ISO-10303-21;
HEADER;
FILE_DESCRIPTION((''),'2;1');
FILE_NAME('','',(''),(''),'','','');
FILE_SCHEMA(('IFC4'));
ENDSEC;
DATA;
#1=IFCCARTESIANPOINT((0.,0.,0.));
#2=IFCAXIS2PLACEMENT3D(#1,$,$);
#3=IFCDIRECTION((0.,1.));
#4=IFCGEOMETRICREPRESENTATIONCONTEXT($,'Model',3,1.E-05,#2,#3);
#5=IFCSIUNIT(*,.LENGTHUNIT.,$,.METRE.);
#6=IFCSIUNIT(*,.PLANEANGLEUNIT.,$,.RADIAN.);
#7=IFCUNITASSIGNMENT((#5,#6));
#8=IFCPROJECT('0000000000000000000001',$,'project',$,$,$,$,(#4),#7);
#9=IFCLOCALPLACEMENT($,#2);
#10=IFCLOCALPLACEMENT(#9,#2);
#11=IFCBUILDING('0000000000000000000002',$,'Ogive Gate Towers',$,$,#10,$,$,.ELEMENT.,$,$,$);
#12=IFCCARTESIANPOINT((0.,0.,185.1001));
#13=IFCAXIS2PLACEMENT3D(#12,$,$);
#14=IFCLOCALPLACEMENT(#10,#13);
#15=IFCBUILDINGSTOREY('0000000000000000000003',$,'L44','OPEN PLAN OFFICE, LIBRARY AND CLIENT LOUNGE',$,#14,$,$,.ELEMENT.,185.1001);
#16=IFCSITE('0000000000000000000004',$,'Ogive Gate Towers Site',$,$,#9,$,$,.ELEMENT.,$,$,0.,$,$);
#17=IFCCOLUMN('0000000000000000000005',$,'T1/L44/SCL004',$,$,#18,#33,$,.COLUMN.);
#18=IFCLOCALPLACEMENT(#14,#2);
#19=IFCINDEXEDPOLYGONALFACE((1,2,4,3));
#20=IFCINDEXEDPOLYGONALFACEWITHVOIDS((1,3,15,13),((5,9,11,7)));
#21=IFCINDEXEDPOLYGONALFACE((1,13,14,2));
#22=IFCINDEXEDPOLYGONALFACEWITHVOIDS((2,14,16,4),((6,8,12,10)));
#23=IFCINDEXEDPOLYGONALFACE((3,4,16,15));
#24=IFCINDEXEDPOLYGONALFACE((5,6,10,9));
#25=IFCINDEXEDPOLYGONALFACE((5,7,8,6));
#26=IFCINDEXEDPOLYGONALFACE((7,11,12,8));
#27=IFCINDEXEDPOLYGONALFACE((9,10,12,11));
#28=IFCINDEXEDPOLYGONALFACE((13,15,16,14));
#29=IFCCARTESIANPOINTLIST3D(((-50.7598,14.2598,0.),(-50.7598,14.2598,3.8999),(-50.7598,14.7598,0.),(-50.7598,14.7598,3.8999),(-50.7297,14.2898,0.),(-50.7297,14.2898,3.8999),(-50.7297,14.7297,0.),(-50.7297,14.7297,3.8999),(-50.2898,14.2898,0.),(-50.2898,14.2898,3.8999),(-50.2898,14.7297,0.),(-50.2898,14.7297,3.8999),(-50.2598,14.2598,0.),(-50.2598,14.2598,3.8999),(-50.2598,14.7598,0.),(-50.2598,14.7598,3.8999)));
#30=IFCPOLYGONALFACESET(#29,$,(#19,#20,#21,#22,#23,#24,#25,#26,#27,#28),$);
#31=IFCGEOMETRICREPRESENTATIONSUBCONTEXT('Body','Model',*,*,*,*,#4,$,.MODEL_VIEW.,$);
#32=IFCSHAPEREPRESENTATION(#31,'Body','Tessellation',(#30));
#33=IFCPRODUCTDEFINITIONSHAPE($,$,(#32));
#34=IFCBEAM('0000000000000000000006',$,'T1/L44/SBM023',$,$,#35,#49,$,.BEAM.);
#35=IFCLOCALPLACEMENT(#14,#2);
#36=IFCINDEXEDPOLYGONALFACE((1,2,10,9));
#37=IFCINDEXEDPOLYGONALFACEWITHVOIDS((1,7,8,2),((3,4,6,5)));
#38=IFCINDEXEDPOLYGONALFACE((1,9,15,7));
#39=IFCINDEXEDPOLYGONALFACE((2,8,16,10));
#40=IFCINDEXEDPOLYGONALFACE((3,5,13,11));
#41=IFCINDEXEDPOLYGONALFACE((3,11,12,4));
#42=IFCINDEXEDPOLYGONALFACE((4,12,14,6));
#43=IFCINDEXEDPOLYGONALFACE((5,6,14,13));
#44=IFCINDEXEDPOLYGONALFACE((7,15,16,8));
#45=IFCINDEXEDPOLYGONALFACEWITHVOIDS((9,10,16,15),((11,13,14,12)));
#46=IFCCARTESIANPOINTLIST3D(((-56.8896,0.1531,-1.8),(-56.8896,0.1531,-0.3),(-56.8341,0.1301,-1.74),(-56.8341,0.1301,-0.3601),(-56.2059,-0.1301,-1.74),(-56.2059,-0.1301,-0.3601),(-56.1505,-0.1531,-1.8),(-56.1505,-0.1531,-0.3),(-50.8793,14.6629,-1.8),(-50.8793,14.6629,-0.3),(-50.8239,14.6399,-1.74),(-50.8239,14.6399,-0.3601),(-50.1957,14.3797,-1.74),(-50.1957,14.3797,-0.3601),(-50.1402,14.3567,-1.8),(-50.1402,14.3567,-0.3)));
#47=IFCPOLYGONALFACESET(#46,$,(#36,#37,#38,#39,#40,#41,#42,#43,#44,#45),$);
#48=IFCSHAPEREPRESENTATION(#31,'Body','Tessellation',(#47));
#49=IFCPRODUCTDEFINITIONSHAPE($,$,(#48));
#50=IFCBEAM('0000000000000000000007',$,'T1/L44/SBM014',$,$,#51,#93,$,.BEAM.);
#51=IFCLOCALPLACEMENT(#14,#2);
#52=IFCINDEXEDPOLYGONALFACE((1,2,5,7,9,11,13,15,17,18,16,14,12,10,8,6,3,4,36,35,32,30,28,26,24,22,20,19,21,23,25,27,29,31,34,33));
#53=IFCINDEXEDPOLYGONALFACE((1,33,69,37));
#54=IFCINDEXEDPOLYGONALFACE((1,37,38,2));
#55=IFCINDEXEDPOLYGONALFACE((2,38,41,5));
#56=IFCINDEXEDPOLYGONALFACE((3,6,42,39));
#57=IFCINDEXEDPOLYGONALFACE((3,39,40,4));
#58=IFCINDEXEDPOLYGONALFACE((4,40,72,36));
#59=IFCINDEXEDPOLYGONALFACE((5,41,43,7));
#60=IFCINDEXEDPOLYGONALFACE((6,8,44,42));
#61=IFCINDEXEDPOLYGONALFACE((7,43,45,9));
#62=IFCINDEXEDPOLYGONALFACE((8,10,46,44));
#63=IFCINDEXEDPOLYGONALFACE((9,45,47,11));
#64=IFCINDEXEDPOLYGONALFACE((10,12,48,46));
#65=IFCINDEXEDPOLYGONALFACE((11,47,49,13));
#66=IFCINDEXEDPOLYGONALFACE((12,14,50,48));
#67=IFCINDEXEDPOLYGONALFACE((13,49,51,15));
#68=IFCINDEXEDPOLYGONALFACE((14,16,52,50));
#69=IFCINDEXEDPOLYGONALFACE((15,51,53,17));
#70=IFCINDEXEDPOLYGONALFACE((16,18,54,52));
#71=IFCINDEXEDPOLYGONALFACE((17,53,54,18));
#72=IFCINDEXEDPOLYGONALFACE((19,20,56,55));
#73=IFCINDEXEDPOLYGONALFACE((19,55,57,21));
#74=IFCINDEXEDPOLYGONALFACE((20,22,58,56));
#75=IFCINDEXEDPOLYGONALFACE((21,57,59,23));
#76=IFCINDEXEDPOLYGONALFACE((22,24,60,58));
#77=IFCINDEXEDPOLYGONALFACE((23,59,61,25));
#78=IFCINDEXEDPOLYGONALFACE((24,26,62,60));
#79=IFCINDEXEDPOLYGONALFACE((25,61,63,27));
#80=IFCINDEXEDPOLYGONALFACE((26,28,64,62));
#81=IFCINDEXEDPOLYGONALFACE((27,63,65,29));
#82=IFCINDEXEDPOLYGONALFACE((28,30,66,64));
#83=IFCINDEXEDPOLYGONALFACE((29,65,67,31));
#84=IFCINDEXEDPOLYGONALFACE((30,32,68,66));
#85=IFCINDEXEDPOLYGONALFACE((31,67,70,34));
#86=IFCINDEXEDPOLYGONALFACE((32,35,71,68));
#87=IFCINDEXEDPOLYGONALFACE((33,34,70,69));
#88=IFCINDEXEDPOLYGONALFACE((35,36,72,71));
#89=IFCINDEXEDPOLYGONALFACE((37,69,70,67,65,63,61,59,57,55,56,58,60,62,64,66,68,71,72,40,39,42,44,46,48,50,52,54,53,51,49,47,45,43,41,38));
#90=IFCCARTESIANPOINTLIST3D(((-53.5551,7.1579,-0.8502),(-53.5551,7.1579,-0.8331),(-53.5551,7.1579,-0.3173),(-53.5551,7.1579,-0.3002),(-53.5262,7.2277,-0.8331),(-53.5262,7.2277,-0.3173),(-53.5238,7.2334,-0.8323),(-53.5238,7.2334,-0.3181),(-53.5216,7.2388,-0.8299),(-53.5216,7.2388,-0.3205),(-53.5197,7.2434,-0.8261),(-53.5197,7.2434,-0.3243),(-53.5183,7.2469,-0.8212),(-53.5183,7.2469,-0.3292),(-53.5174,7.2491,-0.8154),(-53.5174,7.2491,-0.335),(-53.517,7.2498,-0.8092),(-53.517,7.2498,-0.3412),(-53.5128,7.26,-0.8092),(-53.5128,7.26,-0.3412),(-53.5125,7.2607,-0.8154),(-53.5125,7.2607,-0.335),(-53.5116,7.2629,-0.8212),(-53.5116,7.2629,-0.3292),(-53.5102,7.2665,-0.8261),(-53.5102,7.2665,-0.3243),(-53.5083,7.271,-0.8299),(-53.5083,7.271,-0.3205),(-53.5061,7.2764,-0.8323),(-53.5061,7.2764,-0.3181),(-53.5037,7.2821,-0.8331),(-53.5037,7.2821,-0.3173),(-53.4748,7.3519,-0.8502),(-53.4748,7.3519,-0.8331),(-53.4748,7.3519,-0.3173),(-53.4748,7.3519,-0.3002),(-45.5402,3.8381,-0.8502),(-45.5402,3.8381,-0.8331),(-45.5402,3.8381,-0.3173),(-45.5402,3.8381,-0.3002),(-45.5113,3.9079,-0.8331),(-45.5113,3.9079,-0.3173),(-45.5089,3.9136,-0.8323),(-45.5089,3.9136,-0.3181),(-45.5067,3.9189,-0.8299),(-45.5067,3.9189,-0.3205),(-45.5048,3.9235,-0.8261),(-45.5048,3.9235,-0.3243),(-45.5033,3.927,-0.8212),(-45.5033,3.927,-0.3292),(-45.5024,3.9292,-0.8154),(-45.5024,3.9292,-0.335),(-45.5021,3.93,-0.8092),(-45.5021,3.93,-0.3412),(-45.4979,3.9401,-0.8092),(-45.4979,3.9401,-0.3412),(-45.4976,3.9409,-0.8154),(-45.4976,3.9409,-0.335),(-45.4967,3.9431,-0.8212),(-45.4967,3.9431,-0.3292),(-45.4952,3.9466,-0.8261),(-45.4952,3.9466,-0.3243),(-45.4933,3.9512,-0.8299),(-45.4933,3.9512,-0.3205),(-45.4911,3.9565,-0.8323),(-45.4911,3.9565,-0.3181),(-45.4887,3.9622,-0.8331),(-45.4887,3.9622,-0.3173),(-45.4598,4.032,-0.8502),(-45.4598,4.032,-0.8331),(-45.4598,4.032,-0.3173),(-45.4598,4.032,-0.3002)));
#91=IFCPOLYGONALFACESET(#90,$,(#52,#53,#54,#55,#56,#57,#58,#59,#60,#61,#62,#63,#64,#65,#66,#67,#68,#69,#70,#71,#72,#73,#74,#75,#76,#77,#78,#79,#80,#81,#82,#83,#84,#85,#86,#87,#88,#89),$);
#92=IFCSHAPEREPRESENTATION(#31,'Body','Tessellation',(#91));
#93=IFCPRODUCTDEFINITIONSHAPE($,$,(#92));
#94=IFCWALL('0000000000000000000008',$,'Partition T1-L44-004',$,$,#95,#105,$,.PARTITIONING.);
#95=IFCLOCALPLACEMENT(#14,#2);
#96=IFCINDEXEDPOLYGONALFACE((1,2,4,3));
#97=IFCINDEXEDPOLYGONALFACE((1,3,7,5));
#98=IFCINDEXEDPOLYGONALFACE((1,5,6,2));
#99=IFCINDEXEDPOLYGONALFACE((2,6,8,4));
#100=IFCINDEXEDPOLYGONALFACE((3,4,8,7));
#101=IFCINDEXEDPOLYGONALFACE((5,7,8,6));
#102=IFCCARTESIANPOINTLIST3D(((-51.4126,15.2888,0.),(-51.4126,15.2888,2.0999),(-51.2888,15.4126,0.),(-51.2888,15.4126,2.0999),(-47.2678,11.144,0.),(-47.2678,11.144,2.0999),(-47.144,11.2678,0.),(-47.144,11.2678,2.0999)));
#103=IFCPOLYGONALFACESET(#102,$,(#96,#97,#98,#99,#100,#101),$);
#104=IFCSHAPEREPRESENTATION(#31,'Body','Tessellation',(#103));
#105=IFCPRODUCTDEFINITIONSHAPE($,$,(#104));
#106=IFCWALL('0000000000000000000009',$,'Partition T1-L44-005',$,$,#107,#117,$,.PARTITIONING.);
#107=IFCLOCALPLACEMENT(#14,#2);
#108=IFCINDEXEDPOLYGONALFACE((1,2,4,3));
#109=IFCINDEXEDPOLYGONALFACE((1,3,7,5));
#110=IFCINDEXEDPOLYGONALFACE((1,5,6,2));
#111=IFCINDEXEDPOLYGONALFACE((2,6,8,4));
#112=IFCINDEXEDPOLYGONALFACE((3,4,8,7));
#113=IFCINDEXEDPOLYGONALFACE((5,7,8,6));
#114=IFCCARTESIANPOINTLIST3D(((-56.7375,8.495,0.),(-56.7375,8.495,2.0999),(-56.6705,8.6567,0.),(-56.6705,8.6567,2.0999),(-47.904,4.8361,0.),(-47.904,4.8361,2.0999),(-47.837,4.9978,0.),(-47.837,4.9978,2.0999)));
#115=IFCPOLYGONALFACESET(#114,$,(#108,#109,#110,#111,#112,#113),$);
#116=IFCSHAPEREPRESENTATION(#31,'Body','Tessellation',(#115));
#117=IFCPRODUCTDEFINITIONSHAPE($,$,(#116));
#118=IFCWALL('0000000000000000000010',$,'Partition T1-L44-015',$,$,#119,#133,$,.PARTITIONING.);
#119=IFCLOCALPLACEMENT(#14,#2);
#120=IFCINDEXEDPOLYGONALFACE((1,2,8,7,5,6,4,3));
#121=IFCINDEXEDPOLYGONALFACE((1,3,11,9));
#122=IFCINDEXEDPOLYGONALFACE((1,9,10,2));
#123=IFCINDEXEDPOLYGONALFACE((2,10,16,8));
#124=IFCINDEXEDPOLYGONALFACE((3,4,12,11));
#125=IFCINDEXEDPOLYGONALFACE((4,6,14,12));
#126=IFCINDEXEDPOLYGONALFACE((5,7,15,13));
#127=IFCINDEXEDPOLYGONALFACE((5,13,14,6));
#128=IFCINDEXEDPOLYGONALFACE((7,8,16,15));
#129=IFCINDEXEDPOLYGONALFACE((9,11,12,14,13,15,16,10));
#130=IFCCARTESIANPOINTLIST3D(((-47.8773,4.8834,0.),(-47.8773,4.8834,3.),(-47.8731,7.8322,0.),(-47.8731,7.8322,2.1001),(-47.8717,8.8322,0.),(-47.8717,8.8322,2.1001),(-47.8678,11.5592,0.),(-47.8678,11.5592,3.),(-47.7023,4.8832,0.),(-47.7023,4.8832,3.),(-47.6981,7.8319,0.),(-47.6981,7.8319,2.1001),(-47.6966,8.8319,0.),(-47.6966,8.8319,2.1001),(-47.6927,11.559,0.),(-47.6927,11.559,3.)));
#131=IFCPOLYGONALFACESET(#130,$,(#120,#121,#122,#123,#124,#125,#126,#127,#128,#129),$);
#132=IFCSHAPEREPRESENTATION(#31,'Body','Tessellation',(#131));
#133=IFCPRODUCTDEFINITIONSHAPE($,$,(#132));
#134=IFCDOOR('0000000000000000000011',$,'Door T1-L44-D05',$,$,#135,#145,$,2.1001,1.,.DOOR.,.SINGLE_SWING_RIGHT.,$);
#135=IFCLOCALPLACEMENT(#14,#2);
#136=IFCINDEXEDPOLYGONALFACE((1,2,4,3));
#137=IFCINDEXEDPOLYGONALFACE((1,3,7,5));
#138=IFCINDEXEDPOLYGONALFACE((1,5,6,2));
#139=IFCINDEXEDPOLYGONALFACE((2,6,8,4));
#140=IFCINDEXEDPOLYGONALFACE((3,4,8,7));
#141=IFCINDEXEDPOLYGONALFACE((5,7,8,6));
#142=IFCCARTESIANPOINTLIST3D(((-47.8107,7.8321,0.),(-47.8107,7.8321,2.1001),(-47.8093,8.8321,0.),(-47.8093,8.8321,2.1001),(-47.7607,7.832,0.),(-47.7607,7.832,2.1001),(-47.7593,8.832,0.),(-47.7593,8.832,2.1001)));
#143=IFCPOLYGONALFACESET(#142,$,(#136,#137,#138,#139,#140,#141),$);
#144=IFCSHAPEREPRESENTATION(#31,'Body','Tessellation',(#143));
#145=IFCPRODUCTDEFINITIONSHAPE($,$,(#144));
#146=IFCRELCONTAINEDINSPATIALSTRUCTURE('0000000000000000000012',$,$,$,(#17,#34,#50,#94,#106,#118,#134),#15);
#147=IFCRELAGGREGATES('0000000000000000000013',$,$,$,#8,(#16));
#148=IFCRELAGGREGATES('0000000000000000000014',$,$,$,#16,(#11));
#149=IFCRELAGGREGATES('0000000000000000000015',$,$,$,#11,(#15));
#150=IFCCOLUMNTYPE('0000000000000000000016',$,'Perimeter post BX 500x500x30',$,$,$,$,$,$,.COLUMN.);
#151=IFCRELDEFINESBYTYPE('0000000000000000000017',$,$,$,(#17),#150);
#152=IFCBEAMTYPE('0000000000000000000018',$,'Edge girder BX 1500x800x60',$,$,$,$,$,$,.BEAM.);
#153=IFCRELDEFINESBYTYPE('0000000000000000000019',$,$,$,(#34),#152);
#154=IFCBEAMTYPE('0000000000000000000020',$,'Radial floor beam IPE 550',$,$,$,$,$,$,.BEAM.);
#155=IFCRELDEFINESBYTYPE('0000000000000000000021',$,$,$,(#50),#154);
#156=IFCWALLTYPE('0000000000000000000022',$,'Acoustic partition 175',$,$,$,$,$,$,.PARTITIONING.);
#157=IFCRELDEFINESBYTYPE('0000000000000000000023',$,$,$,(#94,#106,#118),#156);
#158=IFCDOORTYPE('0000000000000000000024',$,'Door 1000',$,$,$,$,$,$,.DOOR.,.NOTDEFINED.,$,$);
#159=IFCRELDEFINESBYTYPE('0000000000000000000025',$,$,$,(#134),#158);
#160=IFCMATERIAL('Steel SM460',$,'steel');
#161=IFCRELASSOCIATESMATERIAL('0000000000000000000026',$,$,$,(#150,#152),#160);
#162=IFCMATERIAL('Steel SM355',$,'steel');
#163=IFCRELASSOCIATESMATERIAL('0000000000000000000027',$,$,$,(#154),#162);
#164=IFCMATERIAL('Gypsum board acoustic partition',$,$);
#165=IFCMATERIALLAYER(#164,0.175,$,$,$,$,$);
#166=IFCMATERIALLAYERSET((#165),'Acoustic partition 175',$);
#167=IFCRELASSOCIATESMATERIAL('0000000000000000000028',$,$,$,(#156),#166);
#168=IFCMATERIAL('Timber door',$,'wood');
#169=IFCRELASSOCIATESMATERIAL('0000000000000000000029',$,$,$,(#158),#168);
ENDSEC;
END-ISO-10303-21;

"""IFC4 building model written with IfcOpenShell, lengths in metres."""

from ifc_helpers import new_model, si_unit, direction, frame, frame_2d, origin, origin_2d, place, context, subcontext, project, spatial, rectangle, hollow_rectangle, i_section, extrude, material, layer, layer_set, material_profile, profile_set, type_object, element, fill, save


model = new_model("IFC4")

# Units and contexts
model_context = context("Model", 3, precision=1e-05, world=origin(), true_north=direction((0.0, 1.0)))
body_context = subcontext(model_context, "Body", "Model", "MODEL_VIEW")
ifc_project = project(units=[si_unit("LENGTHUNIT", "METRE"), si_unit("PLANEANGLEUNIT", "RADIAN")], contexts=[model_context])

# Site, building, storey
site_placement = place(None, origin())
site = spatial("IfcSite", under=ifc_project, at=site_placement, Name="Ogive Gate Towers Site", CompositionType="ELEMENT", RefElevation=0.0)
building_placement = place(site_placement, origin())
building = spatial("IfcBuilding", under=site, at=building_placement, Name="Ogive Gate Towers", CompositionType="ELEMENT")
storey_placement = place(building_placement, frame((0.0, 0.0, 185.1001)))
storey = spatial("IfcBuildingStorey", under=building, at=storey_placement, Name="L44", Description="OPEN PLAN OFFICE, LIBRARY AND CLIENT LOUNGE", CompositionType="ELEMENT", Elevation=185.1001)

# Column
ifc_material_1 = material(Name="Steel SM460", Category="steel")
ifc_material_profile_1 = material_profile(ifc_material_1, hollow_rectangle(XDim=0.5, YDim=0.5, WallThickness=0.03, at=origin_2d()), Name="BX 500x500x30")
ifc_profile_set_1 = profile_set([ifc_material_profile_1], Name="Steel SM460")
column_type = type_object("IfcColumnType", Name="Perimeter post BX 500x500x30", PredefinedType="COLUMN", material=ifc_profile_set_1)
column_placement = place(storey_placement, frame((-50.5098, 14.5098, 0.0), z_axis=(0.0, 0.0, 1.0), x_axis=(1.0, 0.0, 0.0)))
element("IfcColumn", 1, at=column_placement, inside=storey, type_object=column_type, Name="T1/L44/SCL004", PredefinedType="COLUMN", context=body_context, shape_type="SweptSolid", body=[
    extrude(hollow_rectangle(XDim=0.5, YDim=0.5, WallThickness=0.03, at=origin_2d()), origin(), (0.0, 0.0, 1.0), 3.8999),
])

# Beams
ifc_material_profile_2 = material_profile(ifc_material_1, hollow_rectangle(XDim=0.8, YDim=1.5, WallThickness=0.0601, at=origin_2d()), Name="BX 1500x800x60")
ifc_profile_set_2 = profile_set([ifc_material_profile_2], Name="Steel SM460")
beam_type_1 = type_object("IfcBeamType", Name="Edge girder BX 1500x800x60", PredefinedType="BEAM", material=ifc_profile_set_2)
beam_1_placement = place(storey_placement, frame((-50.5098, 14.5098, -1.05), z_axis=(-0.38269, -0.923877, 0.0), x_axis=(0.923877, -0.38269, 0.0)))
element("IfcBeam", 2, at=beam_1_placement, inside=storey, type_object=beam_type_1, Name="T1/L44/SBM023", PredefinedType="BEAM", context=body_context, shape_type="SweptSolid", body=[
    extrude(hollow_rectangle(XDim=0.8, YDim=1.5, WallThickness=0.0601, at=origin_2d()), origin(), (0.0, 0.0, 1.0), 15.7053),
])
ifc_material_2 = material(Name="Steel SM355", Category="steel")
ifc_material_profile_3 = material_profile(ifc_material_2, i_section(OverallWidth=0.21, OverallDepth=0.55, WebThickness=0.011, FlangeThickness=0.0171, FilletRadius=0.0239, at=origin_2d()), Name="IPE 550")
ifc_profile_set_3 = profile_set([ifc_material_profile_3], Name="Steel SM355")
beam_type_2 = type_object("IfcBeamType", Name="Radial floor beam IPE 550", PredefinedType="BEAM", material=ifc_profile_set_3)
beam_2_placement = place(storey_placement, frame((-45.5, 3.9351, -0.5752), z_axis=(-0.923882, 0.382678, 0.0), x_axis=(-0.382678, -0.923882, 0.0)))
element("IfcBeam", 3, at=beam_2_placement, inside=storey, type_object=beam_type_2, Name="T1/L44/SBM014", PredefinedType="BEAM", context=body_context, shape_type="SweptSolid", body=[
    extrude(i_section(OverallWidth=0.21, OverallDepth=0.55, WebThickness=0.011, FlangeThickness=0.0171, FilletRadius=0.0239, at=origin_2d()), origin(), (0.0, 0.0, 1.0), 8.6753),
])

# Walls
ifc_material_3 = material(Name="Gypsum board acoustic partition")
ifc_layer_1 = layer(ifc_material_3, 0.175)
ifc_layer_set_1 = layer_set([ifc_layer_1], Name="Acoustic partition 175")
wall_type_1 = type_object("IfcWallType", Name="Acoustic partition 175", PredefinedType="PARTITIONING", material=ifc_layer_set_1)
wall_1_placement = place(storey_placement, frame((-51.3506, 15.3506, 0.0), z_axis=(0.0, 0.0, 1.0), x_axis=(0.707107, -0.707107, 0.0)))
element("IfcWall", 4, at=wall_1_placement, inside=storey, type_object=wall_type_1, Name="Partition T1-L44-004", PredefinedType="PARTITIONING", context=body_context, shape_type="SweptSolid", body=[
    extrude(rectangle(XDim=5.8616, YDim=0.175, at=frame_2d((2.9307, 0.0))), origin(), (0.0, 0.0, 1.0), 2.0999),
])
wall_2_placement = place(storey_placement, frame((-56.7041, 8.5759, 0.0), z_axis=(0.0, 0.0, 1.0), x_axis=(0.92388, -0.382682, 0.0)))
element("IfcWall", 5, at=wall_2_placement, inside=storey, type_object=wall_type_1, Name="Partition T1-L44-005", PredefinedType="PARTITIONING", context=body_context, shape_type="SweptSolid", body=[
    extrude(rectangle(XDim=9.5613, YDim=0.175, at=frame_2d((4.7808, 0.0))), origin(), (0.0, 0.0, 1.0), 2.0999),
])

# Wall, opening, door
wall_3_placement = place(storey_placement, frame((-47.7803, 11.5591, 0.0), z_axis=(0.0, 0.0, 1.0), x_axis=(-0.001426, -0.999999, 0.0)))
wall_3 = element("IfcWall", 6, at=wall_3_placement, inside=storey, type_object=wall_type_1, Name="Partition T1-L44-015", PredefinedType="PARTITIONING", context=body_context, shape_type="SweptSolid", body=[
    extrude(rectangle(XDim=6.6758, YDim=0.175, at=frame_2d((3.3379, 0.0))), origin(), (0.0, 0.0, 1.0), 3.0),
])
opening_1_placement = place(wall_3_placement, frame((2.7271, 0.0, 0.0)))
opening_1 = element("IfcOpeningElement", 7, at=opening_1_placement, cuts=wall_3, PredefinedType="OPENING", context=body_context, shape_type="SweptSolid", body=[
    extrude(rectangle(XDim=1.0, YDim=2.1001, at=frame_2d((0.5, 1.05))), frame((0.0, 0.0977, 0.0), z_axis=(0.0, -1.0, 0.0), x_axis=(1.0, 0.0, 0.0)), (0.0, 0.0, 1.0), 0.1951),
])
ifc_material_4 = material(Name="Timber door", Category="wood")
door_type_1 = type_object("IfcDoorType", Name="Door 1000", OperationType="NOTDEFINED", PredefinedType="DOOR", material=ifc_material_4)
door_1_placement = place(opening_1_placement, origin())
door_1 = element("IfcDoor", 8, at=door_1_placement, inside=storey, type_object=door_type_1, Name="Door T1-L44-D05", OperationType="SINGLE_SWING_RIGHT", OverallHeight=2.1001, OverallWidth=1.0, PredefinedType="DOOR", context=body_context, shape_type="SweptSolid", body=[
    extrude(rectangle(XDim=1.0, YDim=2.1001, at=frame_2d((0.5, 1.05))), frame((0.0, 0.0249, 0.0), z_axis=(0.0, -1.0, 0.0), x_axis=(1.0, 0.0, 0.0)), (0.0, 0.0, 1.0), 0.05),
])
fill(opening_1, door_1)

save(model, "model.ifc")
